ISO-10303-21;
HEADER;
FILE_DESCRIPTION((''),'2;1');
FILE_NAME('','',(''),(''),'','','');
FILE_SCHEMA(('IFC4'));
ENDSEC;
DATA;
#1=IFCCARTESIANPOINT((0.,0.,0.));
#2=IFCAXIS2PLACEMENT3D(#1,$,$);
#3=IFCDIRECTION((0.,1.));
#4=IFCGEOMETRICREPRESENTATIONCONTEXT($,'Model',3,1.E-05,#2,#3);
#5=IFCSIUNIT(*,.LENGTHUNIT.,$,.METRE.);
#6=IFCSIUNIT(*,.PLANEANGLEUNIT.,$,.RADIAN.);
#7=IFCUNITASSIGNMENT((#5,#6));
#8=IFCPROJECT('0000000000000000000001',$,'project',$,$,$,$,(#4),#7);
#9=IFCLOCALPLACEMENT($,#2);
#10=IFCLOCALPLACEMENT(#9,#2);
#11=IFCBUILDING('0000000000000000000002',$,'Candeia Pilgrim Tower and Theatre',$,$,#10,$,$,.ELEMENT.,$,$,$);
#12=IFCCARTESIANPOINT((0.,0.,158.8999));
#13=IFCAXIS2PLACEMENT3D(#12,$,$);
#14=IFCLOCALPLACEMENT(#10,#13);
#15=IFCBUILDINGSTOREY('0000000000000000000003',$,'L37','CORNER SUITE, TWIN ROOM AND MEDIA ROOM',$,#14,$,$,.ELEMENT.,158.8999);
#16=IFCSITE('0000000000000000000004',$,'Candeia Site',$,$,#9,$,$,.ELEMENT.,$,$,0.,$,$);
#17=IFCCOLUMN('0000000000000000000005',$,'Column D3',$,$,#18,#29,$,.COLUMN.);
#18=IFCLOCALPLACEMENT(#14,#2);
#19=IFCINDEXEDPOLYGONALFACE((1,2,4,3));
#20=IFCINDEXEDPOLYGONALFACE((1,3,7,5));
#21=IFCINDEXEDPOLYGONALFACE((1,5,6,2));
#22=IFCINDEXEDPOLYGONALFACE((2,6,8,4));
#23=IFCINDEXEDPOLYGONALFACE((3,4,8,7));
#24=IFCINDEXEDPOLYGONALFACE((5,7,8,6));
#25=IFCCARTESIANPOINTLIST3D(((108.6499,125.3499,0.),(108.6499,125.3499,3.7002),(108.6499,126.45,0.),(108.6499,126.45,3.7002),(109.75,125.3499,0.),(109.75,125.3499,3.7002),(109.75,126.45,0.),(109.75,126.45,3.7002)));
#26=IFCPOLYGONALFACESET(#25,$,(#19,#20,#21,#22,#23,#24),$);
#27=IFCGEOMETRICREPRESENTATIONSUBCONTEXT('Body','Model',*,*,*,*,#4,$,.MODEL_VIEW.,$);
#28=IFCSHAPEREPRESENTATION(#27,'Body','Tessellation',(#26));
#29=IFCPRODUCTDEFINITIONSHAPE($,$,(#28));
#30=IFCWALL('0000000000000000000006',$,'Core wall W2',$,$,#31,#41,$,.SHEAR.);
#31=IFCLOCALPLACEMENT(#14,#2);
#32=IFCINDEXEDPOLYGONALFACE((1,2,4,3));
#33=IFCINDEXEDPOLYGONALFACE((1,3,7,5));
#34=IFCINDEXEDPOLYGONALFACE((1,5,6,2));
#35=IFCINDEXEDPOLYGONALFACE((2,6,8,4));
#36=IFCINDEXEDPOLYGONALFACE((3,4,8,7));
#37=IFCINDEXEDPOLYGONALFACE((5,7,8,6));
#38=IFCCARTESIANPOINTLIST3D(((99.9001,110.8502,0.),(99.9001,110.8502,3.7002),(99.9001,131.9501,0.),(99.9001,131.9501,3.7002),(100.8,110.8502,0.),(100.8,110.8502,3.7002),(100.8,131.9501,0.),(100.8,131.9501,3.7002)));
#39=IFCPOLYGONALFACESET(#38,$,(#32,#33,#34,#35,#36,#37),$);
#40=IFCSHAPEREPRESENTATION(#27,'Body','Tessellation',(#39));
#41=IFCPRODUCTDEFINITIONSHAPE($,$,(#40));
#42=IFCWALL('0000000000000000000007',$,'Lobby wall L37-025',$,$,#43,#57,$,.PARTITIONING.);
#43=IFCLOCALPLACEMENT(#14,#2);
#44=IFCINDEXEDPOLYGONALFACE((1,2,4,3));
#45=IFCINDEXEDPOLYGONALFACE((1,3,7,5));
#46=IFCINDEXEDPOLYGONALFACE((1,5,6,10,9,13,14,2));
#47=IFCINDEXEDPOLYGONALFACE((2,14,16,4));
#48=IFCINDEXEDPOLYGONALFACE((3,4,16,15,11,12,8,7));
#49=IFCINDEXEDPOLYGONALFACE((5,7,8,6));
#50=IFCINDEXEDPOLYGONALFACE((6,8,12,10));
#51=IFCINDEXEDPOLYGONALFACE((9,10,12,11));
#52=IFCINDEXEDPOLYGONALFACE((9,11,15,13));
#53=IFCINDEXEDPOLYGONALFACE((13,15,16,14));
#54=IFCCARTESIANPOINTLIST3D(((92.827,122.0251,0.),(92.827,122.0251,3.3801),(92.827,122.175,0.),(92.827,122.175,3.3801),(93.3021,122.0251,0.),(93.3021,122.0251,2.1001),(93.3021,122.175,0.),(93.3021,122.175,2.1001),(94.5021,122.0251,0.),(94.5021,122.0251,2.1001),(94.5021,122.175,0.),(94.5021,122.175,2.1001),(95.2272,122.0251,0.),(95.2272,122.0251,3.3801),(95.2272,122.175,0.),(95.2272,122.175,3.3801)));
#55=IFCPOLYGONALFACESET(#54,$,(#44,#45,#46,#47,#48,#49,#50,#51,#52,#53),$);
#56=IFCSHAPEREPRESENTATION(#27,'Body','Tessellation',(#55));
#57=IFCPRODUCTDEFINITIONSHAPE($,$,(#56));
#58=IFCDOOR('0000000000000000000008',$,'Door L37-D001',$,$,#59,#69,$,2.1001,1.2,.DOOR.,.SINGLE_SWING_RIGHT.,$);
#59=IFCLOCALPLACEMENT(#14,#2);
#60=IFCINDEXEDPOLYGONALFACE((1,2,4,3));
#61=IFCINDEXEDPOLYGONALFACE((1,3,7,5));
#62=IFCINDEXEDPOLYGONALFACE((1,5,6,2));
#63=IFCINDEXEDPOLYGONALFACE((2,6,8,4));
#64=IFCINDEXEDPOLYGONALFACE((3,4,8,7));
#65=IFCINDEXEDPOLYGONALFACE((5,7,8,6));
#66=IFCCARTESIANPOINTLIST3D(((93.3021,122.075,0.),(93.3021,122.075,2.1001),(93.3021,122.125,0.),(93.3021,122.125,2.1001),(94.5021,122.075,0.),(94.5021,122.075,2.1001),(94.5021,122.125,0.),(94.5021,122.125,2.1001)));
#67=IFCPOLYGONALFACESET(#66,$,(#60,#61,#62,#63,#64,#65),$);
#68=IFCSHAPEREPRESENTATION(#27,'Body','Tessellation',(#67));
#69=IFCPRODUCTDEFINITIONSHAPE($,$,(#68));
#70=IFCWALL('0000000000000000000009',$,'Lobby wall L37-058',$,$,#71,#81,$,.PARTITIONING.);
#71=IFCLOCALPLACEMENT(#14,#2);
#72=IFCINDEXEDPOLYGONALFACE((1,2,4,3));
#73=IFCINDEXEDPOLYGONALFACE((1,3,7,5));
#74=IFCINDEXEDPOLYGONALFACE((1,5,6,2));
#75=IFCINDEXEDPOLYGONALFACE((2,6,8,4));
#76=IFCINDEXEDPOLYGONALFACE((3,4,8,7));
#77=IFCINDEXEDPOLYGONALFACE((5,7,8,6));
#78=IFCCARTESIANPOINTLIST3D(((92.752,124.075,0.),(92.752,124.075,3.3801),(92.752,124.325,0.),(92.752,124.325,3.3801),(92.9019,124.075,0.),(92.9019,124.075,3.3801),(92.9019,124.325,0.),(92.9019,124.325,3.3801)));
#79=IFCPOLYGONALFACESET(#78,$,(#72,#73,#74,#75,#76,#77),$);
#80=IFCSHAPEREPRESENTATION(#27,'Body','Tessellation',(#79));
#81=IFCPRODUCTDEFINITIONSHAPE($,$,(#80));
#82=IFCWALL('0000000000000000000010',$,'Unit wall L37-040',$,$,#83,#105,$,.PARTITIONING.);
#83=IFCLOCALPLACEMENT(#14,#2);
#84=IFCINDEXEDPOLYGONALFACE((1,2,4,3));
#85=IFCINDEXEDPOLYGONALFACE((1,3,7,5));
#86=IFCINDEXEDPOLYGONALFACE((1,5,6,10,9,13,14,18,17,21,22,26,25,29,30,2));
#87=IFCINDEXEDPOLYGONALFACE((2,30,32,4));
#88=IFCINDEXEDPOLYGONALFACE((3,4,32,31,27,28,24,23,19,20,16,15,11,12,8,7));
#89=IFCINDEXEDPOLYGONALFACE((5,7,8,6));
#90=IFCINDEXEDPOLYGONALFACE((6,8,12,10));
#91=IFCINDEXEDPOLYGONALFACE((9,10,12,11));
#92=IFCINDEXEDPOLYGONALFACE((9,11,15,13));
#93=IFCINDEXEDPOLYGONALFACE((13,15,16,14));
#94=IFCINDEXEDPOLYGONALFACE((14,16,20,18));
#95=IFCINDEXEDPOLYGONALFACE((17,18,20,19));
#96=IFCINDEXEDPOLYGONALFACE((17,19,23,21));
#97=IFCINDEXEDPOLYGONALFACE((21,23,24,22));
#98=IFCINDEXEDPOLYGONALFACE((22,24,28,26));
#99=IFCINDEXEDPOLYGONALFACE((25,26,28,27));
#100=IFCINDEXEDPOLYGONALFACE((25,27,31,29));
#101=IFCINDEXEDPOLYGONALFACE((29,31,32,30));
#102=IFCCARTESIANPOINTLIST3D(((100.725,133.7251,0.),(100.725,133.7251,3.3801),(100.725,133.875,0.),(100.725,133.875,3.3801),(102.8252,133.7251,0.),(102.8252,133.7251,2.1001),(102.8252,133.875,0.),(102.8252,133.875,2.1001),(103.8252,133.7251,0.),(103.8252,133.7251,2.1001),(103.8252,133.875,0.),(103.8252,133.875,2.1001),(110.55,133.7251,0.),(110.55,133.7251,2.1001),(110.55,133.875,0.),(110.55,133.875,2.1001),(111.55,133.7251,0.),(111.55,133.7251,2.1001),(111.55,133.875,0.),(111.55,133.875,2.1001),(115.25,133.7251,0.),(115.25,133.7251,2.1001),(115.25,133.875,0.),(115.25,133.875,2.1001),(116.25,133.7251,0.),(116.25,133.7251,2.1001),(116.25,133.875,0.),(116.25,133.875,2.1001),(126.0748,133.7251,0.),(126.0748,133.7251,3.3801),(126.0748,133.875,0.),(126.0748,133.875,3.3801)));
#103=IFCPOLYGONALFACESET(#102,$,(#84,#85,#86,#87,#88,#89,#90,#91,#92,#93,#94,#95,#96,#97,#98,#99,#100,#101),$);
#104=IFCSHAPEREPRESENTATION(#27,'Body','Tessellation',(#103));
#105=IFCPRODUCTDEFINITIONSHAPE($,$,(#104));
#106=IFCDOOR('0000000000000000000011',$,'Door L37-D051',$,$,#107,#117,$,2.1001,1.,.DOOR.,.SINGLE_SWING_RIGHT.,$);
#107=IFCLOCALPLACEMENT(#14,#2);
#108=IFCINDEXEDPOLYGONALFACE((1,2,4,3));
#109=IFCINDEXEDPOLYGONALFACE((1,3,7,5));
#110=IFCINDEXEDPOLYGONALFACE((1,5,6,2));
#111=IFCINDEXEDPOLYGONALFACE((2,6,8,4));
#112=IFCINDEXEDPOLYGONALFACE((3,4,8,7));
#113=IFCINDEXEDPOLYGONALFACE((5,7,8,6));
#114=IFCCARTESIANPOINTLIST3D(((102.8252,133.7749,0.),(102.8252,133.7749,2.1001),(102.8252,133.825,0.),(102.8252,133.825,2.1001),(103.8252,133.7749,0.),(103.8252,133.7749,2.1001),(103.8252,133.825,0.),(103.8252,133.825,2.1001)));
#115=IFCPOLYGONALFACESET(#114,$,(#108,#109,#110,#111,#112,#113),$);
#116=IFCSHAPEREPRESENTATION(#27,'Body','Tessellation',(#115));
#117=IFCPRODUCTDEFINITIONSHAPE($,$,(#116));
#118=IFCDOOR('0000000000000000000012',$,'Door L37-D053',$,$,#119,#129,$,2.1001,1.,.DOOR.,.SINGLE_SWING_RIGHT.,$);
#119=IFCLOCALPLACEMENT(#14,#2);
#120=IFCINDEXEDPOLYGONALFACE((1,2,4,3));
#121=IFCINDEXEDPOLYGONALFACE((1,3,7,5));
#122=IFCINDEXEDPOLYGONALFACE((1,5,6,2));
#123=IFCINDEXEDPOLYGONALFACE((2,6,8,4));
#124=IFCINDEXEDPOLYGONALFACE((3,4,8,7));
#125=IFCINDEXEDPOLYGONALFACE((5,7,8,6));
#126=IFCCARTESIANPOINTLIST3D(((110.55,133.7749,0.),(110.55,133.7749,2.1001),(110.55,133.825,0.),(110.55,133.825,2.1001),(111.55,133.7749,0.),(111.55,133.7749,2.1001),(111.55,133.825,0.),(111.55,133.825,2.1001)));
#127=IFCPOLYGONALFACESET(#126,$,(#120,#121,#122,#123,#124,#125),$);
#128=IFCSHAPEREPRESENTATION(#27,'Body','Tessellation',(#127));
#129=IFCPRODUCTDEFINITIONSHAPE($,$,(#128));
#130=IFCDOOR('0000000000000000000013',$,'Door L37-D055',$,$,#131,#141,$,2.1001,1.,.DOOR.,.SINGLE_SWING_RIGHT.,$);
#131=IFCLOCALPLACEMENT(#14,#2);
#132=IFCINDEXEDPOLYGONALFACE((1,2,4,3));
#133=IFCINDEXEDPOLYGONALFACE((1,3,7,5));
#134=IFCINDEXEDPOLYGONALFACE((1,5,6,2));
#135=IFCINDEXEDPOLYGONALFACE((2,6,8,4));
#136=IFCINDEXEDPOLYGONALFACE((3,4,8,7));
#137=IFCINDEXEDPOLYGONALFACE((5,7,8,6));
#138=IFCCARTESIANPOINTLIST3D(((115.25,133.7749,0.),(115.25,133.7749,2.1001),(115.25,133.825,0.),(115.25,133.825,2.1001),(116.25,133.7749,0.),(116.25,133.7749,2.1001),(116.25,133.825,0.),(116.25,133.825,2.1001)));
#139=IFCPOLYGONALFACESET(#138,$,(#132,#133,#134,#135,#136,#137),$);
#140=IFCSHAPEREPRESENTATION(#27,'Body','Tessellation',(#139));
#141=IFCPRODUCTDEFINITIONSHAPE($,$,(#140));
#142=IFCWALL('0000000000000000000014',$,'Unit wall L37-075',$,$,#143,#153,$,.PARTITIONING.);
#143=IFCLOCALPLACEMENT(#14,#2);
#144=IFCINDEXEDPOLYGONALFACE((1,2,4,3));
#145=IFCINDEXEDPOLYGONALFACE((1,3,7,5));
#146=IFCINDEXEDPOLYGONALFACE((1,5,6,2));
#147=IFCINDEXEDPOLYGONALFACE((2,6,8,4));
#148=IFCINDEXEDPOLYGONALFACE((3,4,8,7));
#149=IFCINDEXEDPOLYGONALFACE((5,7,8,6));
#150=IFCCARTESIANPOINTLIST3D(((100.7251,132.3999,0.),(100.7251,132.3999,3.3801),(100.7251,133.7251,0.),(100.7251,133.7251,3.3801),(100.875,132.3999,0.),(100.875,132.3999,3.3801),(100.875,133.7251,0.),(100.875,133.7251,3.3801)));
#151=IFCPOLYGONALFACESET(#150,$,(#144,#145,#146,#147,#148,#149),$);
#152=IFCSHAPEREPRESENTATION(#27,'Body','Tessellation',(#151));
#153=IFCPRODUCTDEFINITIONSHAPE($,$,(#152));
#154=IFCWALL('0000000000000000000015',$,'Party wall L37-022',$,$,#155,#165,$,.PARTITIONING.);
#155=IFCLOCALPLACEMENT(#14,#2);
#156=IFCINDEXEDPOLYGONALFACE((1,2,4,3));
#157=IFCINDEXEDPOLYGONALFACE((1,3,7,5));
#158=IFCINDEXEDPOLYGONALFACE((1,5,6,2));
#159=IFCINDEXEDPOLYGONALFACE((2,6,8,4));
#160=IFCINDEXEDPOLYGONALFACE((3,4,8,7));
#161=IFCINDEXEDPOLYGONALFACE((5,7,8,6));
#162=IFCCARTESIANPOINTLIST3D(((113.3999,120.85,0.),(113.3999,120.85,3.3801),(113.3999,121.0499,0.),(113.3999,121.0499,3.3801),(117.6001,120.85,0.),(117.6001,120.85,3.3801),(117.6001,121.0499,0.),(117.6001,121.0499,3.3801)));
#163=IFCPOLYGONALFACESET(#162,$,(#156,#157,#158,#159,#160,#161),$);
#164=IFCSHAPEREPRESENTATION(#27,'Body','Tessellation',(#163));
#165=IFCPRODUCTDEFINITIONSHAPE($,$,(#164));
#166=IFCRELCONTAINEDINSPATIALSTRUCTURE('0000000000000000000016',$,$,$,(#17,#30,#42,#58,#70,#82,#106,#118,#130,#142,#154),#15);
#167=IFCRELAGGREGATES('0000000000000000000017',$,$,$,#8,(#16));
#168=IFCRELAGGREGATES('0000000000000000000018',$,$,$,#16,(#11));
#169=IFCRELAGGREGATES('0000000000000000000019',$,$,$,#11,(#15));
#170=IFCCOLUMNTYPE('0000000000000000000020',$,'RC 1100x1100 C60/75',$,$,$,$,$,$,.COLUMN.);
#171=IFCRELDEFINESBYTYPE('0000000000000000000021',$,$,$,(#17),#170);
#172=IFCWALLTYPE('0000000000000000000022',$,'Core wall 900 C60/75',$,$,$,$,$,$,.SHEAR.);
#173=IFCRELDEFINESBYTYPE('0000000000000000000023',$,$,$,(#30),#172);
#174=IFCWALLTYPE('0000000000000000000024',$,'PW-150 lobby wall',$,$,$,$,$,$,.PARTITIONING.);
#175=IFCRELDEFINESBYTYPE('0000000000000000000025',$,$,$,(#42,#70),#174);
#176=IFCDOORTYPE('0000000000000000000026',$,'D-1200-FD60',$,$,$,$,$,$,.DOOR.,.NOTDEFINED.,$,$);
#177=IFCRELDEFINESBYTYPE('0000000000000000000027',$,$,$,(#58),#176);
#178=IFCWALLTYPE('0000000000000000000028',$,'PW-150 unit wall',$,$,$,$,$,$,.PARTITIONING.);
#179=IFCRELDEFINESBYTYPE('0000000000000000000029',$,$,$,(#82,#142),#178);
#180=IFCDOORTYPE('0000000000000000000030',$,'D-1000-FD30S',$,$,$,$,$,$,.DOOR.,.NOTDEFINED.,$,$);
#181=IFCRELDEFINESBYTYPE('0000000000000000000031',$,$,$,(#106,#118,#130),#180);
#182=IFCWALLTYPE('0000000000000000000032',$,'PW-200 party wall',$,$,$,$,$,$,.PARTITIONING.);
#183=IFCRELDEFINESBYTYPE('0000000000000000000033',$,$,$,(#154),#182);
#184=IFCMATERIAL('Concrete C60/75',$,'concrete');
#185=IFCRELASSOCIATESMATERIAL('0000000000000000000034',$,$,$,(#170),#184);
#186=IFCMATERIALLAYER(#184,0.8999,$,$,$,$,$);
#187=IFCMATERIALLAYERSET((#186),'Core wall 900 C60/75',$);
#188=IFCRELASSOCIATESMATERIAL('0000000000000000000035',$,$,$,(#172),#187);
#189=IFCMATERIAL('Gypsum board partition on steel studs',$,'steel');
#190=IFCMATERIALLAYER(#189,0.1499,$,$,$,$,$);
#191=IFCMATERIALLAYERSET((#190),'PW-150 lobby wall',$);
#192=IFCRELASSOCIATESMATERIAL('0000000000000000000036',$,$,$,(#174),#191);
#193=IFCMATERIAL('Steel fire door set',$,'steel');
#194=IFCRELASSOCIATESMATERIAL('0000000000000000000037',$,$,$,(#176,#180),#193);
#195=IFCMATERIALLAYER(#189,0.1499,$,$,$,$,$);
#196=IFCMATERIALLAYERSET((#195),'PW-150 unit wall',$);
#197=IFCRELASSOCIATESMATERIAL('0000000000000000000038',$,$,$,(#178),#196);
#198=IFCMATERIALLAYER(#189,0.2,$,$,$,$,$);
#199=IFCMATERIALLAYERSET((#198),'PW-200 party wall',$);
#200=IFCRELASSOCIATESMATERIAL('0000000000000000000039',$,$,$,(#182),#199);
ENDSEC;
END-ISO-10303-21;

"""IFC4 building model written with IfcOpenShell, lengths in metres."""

from ifc_helpers import new_model, si_unit, direction, frame, frame_2d, origin, origin_2d, place, context, subcontext, project, spatial, rectangle, extrude, material, layer, layer_set, material_profile, profile_set, type_object, element, fill, save


model = new_model("IFC4")

# Units and contexts
model_context = context("Model", 3, precision=1e-05, world=origin(), true_north=direction((0.0, 1.0)))
body_context = subcontext(model_context, "Body", "Model", "MODEL_VIEW")
ifc_project = project(units=[si_unit("LENGTHUNIT", "METRE"), si_unit("PLANEANGLEUNIT", "RADIAN")], contexts=[model_context])

# Site, building, storey
site_placement = place(None, origin())
site = spatial("IfcSite", under=ifc_project, at=site_placement, Name="Candeia Site", CompositionType="ELEMENT", RefElevation=0.0)
building_placement = place(site_placement, origin())
building = spatial("IfcBuilding", under=site, at=building_placement, Name="Candeia Pilgrim Tower and Theatre", CompositionType="ELEMENT")
storey_placement = place(building_placement, frame((0.0, 0.0, 158.8999)))
storey = spatial("IfcBuildingStorey", under=building, at=storey_placement, Name="L37", Description="CORNER SUITE, TWIN ROOM AND MEDIA ROOM", CompositionType="ELEMENT", Elevation=158.8999)

# Column
ifc_material_1 = material(Name="Concrete C60/75", Category="concrete")
ifc_material_profile = material_profile(ifc_material_1, rectangle(XDim=1.1001, YDim=1.1001, at=origin_2d()))
ifc_profile_set = profile_set([ifc_material_profile], Name="Concrete C60/75")
column_type = type_object("IfcColumnType", Name="RC 1100x1100 C60/75", PredefinedType="COLUMN", material=ifc_profile_set)
column_placement = place(storey_placement, frame((109.2, 125.8999, 0.0), z_axis=(0.0, 0.0, 1.0), x_axis=(1.0, 0.0, 0.0)))
element("IfcColumn", 1, at=column_placement, inside=storey, type_object=column_type, Name="Column D3", PredefinedType="COLUMN", context=body_context, shape_type="SweptSolid", body=[
    extrude(rectangle(XDim=1.1001, YDim=1.1001, at=origin_2d()), origin(), (0.0, 0.0, 1.0), 3.7002),
])

# Wall
ifc_layer_1 = layer(ifc_material_1, 0.8999)
ifc_layer_set_1 = layer_set([ifc_layer_1], Name="Core wall 900 C60/75")
wall_type_1 = type_object("IfcWallType", Name="Core wall 900 C60/75", PredefinedType="SHEAR", material=ifc_layer_set_1)
wall_1_placement = place(storey_placement, frame((100.3501, 131.95, 0.0), z_axis=(0.0, 0.0, 1.0), x_axis=(0.0, -1.0, 0.0)))
element("IfcWall", 2, at=wall_1_placement, inside=storey, type_object=wall_type_1, Name="Core wall W2", PredefinedType="SHEAR", context=body_context, shape_type="SweptSolid", body=[
    extrude(rectangle(XDim=21.0999, YDim=0.8999, at=frame_2d((10.5498, 0.0))), origin(), (0.0, 0.0, 1.0), 3.7002),
])

# Wall, opening, door
ifc_material_2 = material(Name="Gypsum board partition on steel studs", Category="steel")
ifc_layer_2 = layer(ifc_material_2, 0.1499)
ifc_layer_set_2 = layer_set([ifc_layer_2], Name="PW-150 lobby wall")
wall_type_2 = type_object("IfcWallType", Name="PW-150 lobby wall", PredefinedType="PARTITIONING", material=ifc_layer_set_2)
wall_2_placement = place(storey_placement, frame((92.8269, 122.1001, 0.0), z_axis=(0.0, 0.0, 1.0), x_axis=(1.0, 0.0, 0.0)))
wall_2 = element("IfcWall", 3, at=wall_2_placement, inside=storey, type_object=wall_type_2, Name="Lobby wall L37-025", PredefinedType="PARTITIONING", context=body_context, shape_type="SweptSolid", body=[
    extrude(rectangle(XDim=2.4001, YDim=0.1499, at=frame_2d((1.2002, 0.0))), origin(), (0.0, 0.0, 1.0), 3.3801),
])
opening_1_placement = place(wall_2_placement, frame((0.4751, 0.0, 0.0)))
opening_1 = element("IfcOpeningElement", 4, at=opening_1_placement, cuts=wall_2, PredefinedType="OPENING", context=body_context, shape_type="SweptSolid", body=[
    extrude(rectangle(XDim=1.2, YDim=2.1001, at=frame_2d((0.6001, 1.05))), frame((0.0, 0.085, 0.0), z_axis=(0.0, -1.0, 0.0), x_axis=(1.0, 0.0, 0.0)), (0.0, 0.0, 1.0), 0.1699),
])
ifc_material_3 = material(Name="Steel fire door set", Category="steel")
door_type_1 = type_object("IfcDoorType", Name="D-1200-FD60", OperationType="NOTDEFINED", PredefinedType="DOOR", material=ifc_material_3)
door_1_placement = place(opening_1_placement, origin())
door_1 = element("IfcDoor", 5, at=door_1_placement, inside=storey, type_object=door_type_1, Name="Door L37-D001", OperationType="SINGLE_SWING_RIGHT", OverallHeight=2.1001, OverallWidth=1.2, PredefinedType="DOOR", context=body_context, shape_type="SweptSolid", body=[
    extrude(rectangle(XDim=1.2, YDim=2.1001, at=frame_2d((0.6001, 1.05))), frame((0.0, 0.0249, 0.0), z_axis=(0.0, -1.0, 0.0), x_axis=(1.0, 0.0, 0.0)), (0.0, 0.0, 1.0), 0.05),
])
fill(opening_1, door_1)

# Wall
wall_3_placement = place(storey_placement, frame((92.8269, 124.075, 0.0), z_axis=(0.0, 0.0, 1.0), x_axis=(0.0, 1.0, 0.0)))
element("IfcWall", 6, at=wall_3_placement, inside=storey, type_object=wall_type_2, Name="Lobby wall L37-058", PredefinedType="PARTITIONING", context=body_context, shape_type="SweptSolid", body=[
    extrude(rectangle(XDim=0.25, YDim=0.1499, at=frame_2d((0.125, 0.0))), origin(), (0.0, 0.0, 1.0), 3.3801),
])

# Wall, openings, doors
ifc_layer_3 = layer(ifc_material_2, 0.1499)
ifc_layer_set_3 = layer_set([ifc_layer_3], Name="PW-150 unit wall")
wall_type_3 = type_object("IfcWallType", Name="PW-150 unit wall", PredefinedType="PARTITIONING", material=ifc_layer_set_3)
wall_4_placement = place(storey_placement, frame((100.7251, 133.8, 0.0), z_axis=(0.0, 0.0, 1.0), x_axis=(1.0, 0.0, 0.0)))
wall_4 = element("IfcWall", 7, at=wall_4_placement, inside=storey, type_object=wall_type_3, Name="Unit wall L37-040", PredefinedType="PARTITIONING", context=body_context, shape_type="SweptSolid", body=[
    extrude(rectangle(XDim=25.3499, YDim=0.1499, at=frame_2d((12.6748, 0.0))), origin(), (0.0, 0.0, 1.0), 3.3801),
])
opening_2_placement = place(wall_4_placement, frame((2.1001, 0.0, 0.0)))
opening_2 = element("IfcOpeningElement", 8, at=opening_2_placement, cuts=wall_4, PredefinedType="OPENING", context=body_context, shape_type="SweptSolid", body=[
    extrude(rectangle(XDim=1.0, YDim=2.1001, at=frame_2d((0.5, 1.05))), frame((0.0, 0.085, 0.0), z_axis=(0.0, -1.0, 0.0), x_axis=(1.0, 0.0, 0.0)), (0.0, 0.0, 1.0), 0.1699),
])
opening_3_placement = place(wall_4_placement, frame((9.825, 0.0, 0.0)))
opening_3 = element("IfcOpeningElement", 9, at=opening_3_placement, cuts=wall_4, PredefinedType="OPENING", context=body_context, shape_type="SweptSolid", body=[
    extrude(rectangle(XDim=1.0, YDim=2.1001, at=frame_2d((0.5, 1.05))), frame((0.0, 0.085, 0.0), z_axis=(0.0, -1.0, 0.0), x_axis=(1.0, 0.0, 0.0)), (0.0, 0.0, 1.0), 0.1699),
])
opening_4_placement = place(wall_4_placement, frame((14.5249, 0.0, 0.0)))
opening_4 = element("IfcOpeningElement", 10, at=opening_4_placement, cuts=wall_4, PredefinedType="OPENING", context=body_context, shape_type="SweptSolid", body=[
    extrude(rectangle(XDim=1.0, YDim=2.1001, at=frame_2d((0.5, 1.05))), frame((0.0, 0.085, 0.0), z_axis=(0.0, -1.0, 0.0), x_axis=(1.0, 0.0, 0.0)), (0.0, 0.0, 1.0), 0.1699),
])
door_type_2 = type_object("IfcDoorType", Name="D-1000-FD30S", OperationType="NOTDEFINED", PredefinedType="DOOR", material=ifc_material_3)
door_2_placement = place(opening_2_placement, origin())
door_2 = element("IfcDoor", 11, at=door_2_placement, inside=storey, type_object=door_type_2, Name="Door L37-D051", OperationType="SINGLE_SWING_RIGHT", OverallHeight=2.1001, OverallWidth=1.0, PredefinedType="DOOR", context=body_context, shape_type="SweptSolid", body=[
    extrude(rectangle(XDim=1.0, YDim=2.1001, at=frame_2d((0.5, 1.05))), frame((0.0, 0.0249, 0.0), z_axis=(0.0, -1.0, 0.0), x_axis=(1.0, 0.0, 0.0)), (0.0, 0.0, 1.0), 0.05),
])
fill(opening_2, door_2)
door_3_placement = place(opening_3_placement, origin())
door_3 = element("IfcDoor", 12, at=door_3_placement, inside=storey, type_object=door_type_2, Name="Door L37-D053", OperationType="SINGLE_SWING_RIGHT", OverallHeight=2.1001, OverallWidth=1.0, PredefinedType="DOOR", context=body_context, shape_type="SweptSolid", body=[
    extrude(rectangle(XDim=1.0, YDim=2.1001, at=frame_2d((0.5, 1.05))), frame((0.0, 0.0249, 0.0), z_axis=(0.0, -1.0, 0.0), x_axis=(1.0, 0.0, 0.0)), (0.0, 0.0, 1.0), 0.05),
])
fill(opening_3, door_3)
door_4_placement = place(opening_4_placement, origin())
door_4 = element("IfcDoor", 13, at=door_4_placement, inside=storey, type_object=door_type_2, Name="Door L37-D055", OperationType="SINGLE_SWING_RIGHT", OverallHeight=2.1001, OverallWidth=1.0, PredefinedType="DOOR", context=body_context, shape_type="SweptSolid", body=[
    extrude(rectangle(XDim=1.0, YDim=2.1001, at=frame_2d((0.5, 1.05))), frame((0.0, 0.0249, 0.0), z_axis=(0.0, -1.0, 0.0), x_axis=(1.0, 0.0, 0.0)), (0.0, 0.0, 1.0), 0.05),
])
fill(opening_4, door_4)

# Walls
wall_5_placement = place(storey_placement, frame((100.8, 132.3999, 0.0), z_axis=(0.0, 0.0, 1.0), x_axis=(0.0, 1.0, 0.0)))
element("IfcWall", 14, at=wall_5_placement, inside=storey, type_object=wall_type_3, Name="Unit wall L37-075", PredefinedType="PARTITIONING", context=body_context, shape_type="SweptSolid", body=[
    extrude(rectangle(XDim=1.3252, YDim=0.1499, at=frame_2d((0.6626, 0.0))), origin(), (0.0, 0.0, 1.0), 3.3801),
])
ifc_layer_4 = layer(ifc_material_2, 0.2)
ifc_layer_set_4 = layer_set([ifc_layer_4], Name="PW-200 party wall")
wall_type_4 = type_object("IfcWallType", Name="PW-200 party wall", PredefinedType="PARTITIONING", material=ifc_layer_set_4)
wall_6_placement = place(storey_placement, frame((113.3999, 120.95, 0.0), z_axis=(0.0, 0.0, 1.0), x_axis=(1.0, 0.0, 0.0)))
element("IfcWall", 15, at=wall_6_placement, inside=storey, type_object=wall_type_4, Name="Party wall L37-022", PredefinedType="PARTITIONING", context=body_context, shape_type="SweptSolid", body=[
    extrude(rectangle(XDim=4.2002, YDim=0.2, at=frame_2d((2.1001, 0.0))), origin(), (0.0, 0.0, 1.0), 3.3801),
])

save(model, "model.ifc")
